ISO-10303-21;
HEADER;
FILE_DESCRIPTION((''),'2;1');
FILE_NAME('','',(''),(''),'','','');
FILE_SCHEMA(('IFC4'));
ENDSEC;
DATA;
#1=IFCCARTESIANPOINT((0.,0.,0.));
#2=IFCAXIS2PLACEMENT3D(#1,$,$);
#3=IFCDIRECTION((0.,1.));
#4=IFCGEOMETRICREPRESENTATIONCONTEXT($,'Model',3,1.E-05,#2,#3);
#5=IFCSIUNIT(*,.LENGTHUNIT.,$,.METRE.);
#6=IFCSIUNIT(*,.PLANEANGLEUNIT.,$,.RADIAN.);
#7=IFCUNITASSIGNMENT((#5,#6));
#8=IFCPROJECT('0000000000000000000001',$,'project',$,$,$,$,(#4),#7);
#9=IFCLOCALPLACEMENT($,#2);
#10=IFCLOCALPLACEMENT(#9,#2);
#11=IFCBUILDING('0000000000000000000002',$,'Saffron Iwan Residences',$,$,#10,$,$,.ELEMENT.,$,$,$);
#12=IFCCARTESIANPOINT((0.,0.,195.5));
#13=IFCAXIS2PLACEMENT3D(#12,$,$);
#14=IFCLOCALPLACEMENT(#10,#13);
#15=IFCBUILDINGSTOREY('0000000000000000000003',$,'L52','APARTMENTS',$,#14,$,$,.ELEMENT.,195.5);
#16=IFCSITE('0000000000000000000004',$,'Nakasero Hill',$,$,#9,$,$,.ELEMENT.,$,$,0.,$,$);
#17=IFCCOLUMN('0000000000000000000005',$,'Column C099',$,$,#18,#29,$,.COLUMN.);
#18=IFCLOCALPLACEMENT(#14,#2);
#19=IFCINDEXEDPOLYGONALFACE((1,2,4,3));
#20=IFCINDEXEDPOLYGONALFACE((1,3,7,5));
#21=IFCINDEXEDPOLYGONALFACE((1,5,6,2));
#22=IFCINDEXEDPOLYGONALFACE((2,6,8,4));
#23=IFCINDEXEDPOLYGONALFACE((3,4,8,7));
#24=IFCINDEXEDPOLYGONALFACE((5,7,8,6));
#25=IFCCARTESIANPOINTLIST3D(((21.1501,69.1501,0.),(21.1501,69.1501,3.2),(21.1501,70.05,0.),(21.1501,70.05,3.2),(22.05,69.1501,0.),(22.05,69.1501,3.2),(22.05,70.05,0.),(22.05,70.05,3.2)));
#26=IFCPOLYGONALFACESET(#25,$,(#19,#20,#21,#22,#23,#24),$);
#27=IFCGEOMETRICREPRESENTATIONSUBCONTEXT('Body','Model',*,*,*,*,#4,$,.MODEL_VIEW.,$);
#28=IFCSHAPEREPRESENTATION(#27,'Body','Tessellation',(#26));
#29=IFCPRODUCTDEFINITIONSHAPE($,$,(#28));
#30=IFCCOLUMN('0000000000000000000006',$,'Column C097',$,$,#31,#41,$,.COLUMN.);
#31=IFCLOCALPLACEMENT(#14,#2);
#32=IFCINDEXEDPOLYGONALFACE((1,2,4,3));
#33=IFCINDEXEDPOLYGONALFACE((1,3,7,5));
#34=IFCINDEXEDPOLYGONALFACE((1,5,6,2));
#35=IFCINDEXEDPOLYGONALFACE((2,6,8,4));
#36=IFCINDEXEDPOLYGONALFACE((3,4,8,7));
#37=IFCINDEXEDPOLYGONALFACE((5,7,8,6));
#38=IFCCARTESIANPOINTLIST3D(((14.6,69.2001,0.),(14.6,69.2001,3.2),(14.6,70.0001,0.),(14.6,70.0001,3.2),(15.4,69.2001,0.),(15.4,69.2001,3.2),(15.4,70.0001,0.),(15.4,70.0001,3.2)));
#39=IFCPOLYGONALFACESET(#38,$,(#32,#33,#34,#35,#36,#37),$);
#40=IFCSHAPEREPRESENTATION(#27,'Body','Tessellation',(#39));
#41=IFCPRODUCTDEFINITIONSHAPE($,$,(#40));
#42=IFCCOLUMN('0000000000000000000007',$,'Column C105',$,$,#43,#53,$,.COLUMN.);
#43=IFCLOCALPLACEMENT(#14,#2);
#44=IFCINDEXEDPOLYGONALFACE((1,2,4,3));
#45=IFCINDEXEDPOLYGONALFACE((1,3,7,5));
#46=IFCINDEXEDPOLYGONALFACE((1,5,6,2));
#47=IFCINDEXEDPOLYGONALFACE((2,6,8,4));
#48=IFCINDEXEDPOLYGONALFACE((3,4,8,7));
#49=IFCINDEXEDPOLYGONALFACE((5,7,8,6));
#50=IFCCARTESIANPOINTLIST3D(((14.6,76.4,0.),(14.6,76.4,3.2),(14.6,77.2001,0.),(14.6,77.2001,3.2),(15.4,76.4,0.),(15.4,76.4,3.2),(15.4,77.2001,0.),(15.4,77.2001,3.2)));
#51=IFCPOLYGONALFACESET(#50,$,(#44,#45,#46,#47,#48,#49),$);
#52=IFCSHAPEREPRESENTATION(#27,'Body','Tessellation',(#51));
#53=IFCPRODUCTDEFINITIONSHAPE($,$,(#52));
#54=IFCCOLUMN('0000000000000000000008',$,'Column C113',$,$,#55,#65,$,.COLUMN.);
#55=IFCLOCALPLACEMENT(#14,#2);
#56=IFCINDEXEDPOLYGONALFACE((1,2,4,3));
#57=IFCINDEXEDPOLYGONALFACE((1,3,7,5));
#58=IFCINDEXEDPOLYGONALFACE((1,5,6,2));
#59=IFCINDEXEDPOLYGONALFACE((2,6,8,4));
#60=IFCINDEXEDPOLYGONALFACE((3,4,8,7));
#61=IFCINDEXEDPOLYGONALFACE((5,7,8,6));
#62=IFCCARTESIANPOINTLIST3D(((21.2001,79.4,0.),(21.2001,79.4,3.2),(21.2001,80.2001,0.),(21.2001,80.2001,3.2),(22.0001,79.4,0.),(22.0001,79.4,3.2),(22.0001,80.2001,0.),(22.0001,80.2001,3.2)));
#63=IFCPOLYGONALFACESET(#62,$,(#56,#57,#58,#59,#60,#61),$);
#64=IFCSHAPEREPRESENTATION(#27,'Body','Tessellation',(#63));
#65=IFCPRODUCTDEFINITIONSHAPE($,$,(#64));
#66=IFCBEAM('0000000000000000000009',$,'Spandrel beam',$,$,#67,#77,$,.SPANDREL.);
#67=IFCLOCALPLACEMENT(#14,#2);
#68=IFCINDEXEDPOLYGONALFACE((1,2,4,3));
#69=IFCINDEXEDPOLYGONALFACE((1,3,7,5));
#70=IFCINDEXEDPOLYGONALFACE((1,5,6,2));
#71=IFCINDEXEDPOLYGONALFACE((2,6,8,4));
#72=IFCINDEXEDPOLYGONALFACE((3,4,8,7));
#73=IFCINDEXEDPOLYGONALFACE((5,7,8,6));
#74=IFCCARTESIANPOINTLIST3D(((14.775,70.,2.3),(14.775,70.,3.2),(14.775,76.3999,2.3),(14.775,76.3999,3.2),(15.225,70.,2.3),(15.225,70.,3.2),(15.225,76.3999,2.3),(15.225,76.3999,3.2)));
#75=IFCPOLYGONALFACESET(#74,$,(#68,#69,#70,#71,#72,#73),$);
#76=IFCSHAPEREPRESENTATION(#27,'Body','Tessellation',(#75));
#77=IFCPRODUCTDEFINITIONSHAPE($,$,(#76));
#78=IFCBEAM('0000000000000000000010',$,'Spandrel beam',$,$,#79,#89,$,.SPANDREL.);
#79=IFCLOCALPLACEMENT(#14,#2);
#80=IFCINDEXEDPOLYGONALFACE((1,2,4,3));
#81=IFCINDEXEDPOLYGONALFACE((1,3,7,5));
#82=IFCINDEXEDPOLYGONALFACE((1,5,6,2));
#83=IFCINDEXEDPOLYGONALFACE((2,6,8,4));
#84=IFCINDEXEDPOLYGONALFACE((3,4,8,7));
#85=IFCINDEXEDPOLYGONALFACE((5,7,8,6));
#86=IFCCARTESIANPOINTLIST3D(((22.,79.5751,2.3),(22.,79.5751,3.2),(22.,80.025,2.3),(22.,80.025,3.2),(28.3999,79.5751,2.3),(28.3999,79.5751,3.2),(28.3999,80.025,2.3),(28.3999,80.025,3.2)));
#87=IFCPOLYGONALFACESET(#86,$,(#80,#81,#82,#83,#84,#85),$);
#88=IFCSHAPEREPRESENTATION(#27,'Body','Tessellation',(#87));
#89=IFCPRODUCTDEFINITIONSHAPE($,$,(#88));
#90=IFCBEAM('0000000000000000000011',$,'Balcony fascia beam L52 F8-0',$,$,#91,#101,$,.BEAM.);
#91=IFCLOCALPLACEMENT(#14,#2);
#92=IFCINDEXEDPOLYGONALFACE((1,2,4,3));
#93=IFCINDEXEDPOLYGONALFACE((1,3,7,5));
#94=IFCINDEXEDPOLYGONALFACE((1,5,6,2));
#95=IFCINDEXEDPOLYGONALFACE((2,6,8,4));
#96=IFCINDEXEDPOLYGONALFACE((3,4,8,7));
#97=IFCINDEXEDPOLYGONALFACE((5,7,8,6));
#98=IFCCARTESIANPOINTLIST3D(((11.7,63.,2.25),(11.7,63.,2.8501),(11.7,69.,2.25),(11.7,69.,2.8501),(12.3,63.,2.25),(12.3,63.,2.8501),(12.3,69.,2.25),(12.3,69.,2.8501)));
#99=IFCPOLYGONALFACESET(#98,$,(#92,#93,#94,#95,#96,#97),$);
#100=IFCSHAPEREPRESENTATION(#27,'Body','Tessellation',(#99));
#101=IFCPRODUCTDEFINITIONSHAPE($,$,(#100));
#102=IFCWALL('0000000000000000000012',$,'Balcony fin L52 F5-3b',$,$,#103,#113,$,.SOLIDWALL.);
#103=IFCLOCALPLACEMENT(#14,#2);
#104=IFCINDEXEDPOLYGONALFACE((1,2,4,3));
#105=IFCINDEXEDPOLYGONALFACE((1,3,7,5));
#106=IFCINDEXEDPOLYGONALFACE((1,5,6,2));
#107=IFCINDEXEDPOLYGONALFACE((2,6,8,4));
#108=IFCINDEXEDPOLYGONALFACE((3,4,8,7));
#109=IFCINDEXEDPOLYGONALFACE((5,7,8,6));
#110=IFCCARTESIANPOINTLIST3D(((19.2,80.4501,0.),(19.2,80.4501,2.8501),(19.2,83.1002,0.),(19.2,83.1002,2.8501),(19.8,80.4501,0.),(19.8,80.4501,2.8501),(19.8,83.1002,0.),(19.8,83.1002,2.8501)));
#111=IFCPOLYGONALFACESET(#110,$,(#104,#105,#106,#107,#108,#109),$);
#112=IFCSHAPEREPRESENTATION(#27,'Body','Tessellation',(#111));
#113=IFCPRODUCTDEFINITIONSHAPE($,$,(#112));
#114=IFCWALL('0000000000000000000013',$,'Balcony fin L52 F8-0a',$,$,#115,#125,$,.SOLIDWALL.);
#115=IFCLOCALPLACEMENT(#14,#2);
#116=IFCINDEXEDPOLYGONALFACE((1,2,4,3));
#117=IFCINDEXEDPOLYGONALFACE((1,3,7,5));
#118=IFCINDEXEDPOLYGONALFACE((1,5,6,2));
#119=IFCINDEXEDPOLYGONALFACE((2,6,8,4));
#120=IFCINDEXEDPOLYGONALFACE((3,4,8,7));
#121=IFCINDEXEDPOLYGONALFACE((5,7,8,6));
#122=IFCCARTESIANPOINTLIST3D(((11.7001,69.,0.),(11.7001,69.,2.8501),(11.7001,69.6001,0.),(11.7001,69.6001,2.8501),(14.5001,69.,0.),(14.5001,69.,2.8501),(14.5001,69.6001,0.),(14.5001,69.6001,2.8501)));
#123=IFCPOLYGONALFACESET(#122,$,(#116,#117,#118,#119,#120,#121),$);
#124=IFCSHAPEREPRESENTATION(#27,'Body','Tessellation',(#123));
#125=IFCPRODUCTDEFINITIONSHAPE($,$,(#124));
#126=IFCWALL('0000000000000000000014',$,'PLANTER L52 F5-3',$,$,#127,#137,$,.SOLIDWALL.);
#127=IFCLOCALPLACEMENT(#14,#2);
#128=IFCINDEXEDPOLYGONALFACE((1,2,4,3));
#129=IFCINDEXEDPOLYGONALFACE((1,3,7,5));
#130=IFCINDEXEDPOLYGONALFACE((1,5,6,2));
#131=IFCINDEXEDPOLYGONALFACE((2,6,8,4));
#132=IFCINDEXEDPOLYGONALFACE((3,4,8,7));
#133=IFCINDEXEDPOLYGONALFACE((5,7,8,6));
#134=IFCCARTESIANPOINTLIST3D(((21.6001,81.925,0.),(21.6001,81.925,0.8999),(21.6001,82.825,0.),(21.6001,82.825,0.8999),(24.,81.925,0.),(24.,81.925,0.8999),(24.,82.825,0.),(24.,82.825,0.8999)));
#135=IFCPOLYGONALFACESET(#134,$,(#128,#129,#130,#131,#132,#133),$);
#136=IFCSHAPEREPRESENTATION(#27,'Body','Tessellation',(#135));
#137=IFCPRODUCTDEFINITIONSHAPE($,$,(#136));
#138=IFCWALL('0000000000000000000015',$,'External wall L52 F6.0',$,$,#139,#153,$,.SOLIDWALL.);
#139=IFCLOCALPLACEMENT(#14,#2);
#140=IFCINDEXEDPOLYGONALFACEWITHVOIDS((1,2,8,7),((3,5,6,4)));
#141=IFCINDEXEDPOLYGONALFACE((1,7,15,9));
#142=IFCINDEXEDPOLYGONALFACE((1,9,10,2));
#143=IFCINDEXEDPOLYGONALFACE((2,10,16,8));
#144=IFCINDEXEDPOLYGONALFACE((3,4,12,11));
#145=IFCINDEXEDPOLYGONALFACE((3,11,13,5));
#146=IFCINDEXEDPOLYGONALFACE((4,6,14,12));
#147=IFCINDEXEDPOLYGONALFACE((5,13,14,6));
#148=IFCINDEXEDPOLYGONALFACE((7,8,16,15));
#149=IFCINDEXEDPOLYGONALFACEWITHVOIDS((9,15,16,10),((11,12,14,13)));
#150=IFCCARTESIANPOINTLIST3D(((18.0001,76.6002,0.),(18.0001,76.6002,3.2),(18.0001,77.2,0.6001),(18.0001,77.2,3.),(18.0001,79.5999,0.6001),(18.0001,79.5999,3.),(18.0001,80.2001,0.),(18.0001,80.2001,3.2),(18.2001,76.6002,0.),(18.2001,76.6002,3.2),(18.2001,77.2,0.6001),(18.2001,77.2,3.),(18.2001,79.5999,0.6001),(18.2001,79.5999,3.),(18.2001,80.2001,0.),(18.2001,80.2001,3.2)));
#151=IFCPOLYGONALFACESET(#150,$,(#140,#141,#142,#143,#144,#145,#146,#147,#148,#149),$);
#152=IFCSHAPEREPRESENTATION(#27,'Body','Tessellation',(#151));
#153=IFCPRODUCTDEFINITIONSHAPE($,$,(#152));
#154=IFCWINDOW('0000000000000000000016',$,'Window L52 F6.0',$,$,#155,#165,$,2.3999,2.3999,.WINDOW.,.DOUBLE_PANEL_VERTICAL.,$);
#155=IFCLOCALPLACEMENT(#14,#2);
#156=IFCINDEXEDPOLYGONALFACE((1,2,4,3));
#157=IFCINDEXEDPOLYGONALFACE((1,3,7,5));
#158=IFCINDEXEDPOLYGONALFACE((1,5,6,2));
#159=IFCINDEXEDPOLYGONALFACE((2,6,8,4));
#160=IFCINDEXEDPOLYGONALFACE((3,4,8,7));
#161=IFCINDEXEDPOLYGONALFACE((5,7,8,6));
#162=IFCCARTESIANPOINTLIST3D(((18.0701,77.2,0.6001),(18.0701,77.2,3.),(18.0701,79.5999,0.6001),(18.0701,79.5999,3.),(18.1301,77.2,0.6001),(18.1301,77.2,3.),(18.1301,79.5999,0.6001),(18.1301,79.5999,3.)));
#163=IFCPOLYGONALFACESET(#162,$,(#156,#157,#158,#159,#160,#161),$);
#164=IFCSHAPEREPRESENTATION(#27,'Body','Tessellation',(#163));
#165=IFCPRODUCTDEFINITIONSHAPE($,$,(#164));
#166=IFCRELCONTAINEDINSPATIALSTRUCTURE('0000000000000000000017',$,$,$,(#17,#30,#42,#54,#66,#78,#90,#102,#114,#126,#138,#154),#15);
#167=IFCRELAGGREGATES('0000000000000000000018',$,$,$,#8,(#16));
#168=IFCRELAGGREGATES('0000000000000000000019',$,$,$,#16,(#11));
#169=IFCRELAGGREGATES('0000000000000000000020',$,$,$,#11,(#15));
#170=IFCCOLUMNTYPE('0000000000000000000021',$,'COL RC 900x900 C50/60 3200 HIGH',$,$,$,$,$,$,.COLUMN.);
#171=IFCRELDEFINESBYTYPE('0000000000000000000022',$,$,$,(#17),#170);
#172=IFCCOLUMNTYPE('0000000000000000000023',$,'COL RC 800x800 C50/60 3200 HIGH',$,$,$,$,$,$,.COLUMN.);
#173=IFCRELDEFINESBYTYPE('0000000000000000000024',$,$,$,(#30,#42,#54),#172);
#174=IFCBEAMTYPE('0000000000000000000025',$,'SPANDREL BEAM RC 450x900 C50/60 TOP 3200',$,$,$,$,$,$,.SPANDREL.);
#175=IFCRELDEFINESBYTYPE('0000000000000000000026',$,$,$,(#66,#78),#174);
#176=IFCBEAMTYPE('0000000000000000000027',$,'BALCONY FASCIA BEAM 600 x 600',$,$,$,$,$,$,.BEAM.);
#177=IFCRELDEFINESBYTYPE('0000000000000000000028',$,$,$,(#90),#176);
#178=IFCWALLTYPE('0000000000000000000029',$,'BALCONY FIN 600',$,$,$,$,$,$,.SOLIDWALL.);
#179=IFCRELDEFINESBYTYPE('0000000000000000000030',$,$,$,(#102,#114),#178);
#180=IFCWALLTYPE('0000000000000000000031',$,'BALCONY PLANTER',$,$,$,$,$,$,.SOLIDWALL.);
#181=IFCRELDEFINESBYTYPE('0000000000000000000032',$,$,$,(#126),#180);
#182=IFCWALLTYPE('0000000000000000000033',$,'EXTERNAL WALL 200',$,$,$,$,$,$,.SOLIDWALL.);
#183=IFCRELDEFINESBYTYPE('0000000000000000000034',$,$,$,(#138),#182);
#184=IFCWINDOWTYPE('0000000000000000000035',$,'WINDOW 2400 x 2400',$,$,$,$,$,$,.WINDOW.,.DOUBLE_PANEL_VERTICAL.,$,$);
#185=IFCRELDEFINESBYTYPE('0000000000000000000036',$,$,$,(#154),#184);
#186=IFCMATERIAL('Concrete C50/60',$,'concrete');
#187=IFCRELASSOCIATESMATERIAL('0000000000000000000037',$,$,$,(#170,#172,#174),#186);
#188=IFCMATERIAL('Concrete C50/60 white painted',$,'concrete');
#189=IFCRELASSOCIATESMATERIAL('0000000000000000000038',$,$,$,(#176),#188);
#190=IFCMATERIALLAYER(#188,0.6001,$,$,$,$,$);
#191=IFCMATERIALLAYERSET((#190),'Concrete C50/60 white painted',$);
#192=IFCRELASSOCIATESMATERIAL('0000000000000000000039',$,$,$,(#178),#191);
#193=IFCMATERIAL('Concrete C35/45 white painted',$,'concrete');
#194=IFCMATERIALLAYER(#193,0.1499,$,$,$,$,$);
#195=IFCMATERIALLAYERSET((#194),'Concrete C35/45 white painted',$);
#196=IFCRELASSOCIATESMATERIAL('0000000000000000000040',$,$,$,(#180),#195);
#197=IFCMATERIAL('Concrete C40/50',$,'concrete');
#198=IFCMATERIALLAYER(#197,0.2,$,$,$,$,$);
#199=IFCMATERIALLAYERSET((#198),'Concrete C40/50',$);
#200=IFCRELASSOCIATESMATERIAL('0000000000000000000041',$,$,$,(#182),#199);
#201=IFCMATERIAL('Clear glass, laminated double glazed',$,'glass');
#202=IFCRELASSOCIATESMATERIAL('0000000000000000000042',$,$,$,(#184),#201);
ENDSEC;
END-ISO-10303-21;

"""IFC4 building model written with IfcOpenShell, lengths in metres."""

from ifc_helpers import new_model, si_unit, direction, frame, frame_2d, origin, origin_2d, place, context, subcontext, project, spatial, rectangle, extrude, source, transform, mapped, material, layer, layer_set, material_profile, profile_set, type_object, element, fill, save


model = new_model("IFC4")

# Units and contexts
model_context = context("Model", 3, precision=1e-05, world=origin(), true_north=direction((0.0, 1.0)))
body_context = subcontext(model_context, "Body", "Model", "MODEL_VIEW")
ifc_project = project(units=[si_unit("LENGTHUNIT", "METRE"), si_unit("PLANEANGLEUNIT", "RADIAN")], contexts=[model_context])

# Site, building, storey
site_placement = place(None, origin())
site = spatial("IfcSite", under=ifc_project, at=site_placement, Name="Nakasero Hill", CompositionType="ELEMENT", RefElevation=0.0)
building_placement = place(site_placement, origin())
building = spatial("IfcBuilding", under=site, at=building_placement, Name="Saffron Iwan Residences", CompositionType="ELEMENT")
storey_placement = place(building_placement, frame((0.0, 0.0, 195.5)))
storey = spatial("IfcBuildingStorey", under=building, at=storey_placement, Name="L52", Description="APARTMENTS", CompositionType="ELEMENT", Elevation=195.5)

# Columns
ifc_material_1 = material(Name="Concrete C50/60", Category="concrete")
ifc_material_profile_1 = material_profile(ifc_material_1, rectangle(XDim=0.8999, YDim=0.8999, at=origin_2d()), Name="RC 900x900")
ifc_profile_set_1 = profile_set([ifc_material_profile_1], Name="Concrete C50/60")
column_type_1 = type_object("IfcColumnType", Name="COL RC 900x900 C50/60 3200 HIGH", PredefinedType="COLUMN", material=ifc_profile_set_1)
shared_shape_1 = source(origin(), body_context, "Body", "SweptSolid", [
    extrude(rectangle(XDim=0.8999, YDim=0.8999, at=origin_2d()), origin(), (0.0, 0.0, 1.0), 3.2),
])
column_placement = place(storey_placement, frame((21.6001, 69.6001, 0.0), z_axis=(0.0, 0.0, 1.0), x_axis=(1.0, 0.0, 0.0)))
element("IfcColumn", 1, at=column_placement, inside=storey, type_object=column_type_1, Name="Column C099", PredefinedType="COLUMN", context=body_context, shape_type="MappedRepresentation", body=[
    mapped(shared_shape_1, transform((0.0, 0.0, 0.0))),
])
ifc_material_profile_2 = material_profile(ifc_material_1, rectangle(XDim=0.8, YDim=0.8, at=origin_2d()), Name="RC 800x800")
ifc_profile_set_2 = profile_set([ifc_material_profile_2], Name="Concrete C50/60")
column_type_2 = type_object("IfcColumnType", Name="COL RC 800x800 C50/60 3200 HIGH", PredefinedType="COLUMN", material=ifc_profile_set_2)
shared_shape_2 = source(origin(), body_context, "Body", "SweptSolid", [
    extrude(rectangle(XDim=0.8, YDim=0.8, at=origin_2d()), origin(), (0.0, 0.0, 1.0), 3.2),
])
for number, where, z_axis, x_axis, name in (
    (2, (15.0, 69.6001, 0.0), (0.0, 0.0, 1.0), (1.0, 0.0, 0.0), "Column C097"),
    (3, (15.0, 76.8, 0.0), (0.0, 0.0, 1.0), (1.0, 0.0, 0.0), "Column C105"),
    (4, (21.6001, 79.8, 0.0), (0.0, 0.0, 1.0), (1.0, 0.0, 0.0), "Column C113"),
):
    element("IfcColumn", number, at=place(storey_placement, frame(where, z_axis=z_axis, x_axis=x_axis)), inside=storey, type_object=column_type_2, Name=name, PredefinedType="COLUMN", context=body_context, shape_type="MappedRepresentation", body=[
        mapped(shared_shape_2, transform((0.0, 0.0, 0.0))),
    ])

# Beams
ifc_material_profile_3 = material_profile(ifc_material_1, rectangle(XDim=0.45, YDim=0.8999, at=origin_2d()), Name="RC 450x900")
ifc_profile_set_3 = profile_set([ifc_material_profile_3], Name="Concrete C50/60")
beam_type_1 = type_object("IfcBeamType", Name="SPANDREL BEAM RC 450x900 C50/60 TOP 3200", PredefinedType="SPANDREL", material=ifc_profile_set_3)
shared_shape_3 = source(origin(), body_context, "Body", "SweptSolid", [
    extrude(rectangle(XDim=0.45, YDim=0.8999, at=origin_2d()), origin(), (0.0, 0.0, 1.0), 6.3999),
])
for number, where, z_axis, x_axis, name in (
    (5, (15.0, 70.0, 2.75), (0.0, 1.0, 0.0), (-1.0, 0.0, 0.0), "Spandrel beam"),
    (6, (22.0, 79.8, 2.75), (1.0, 0.0, 0.0), (0.0, 1.0, 0.0), "Spandrel beam"),
):
    element("IfcBeam", number, at=place(storey_placement, frame(where, z_axis=z_axis, x_axis=x_axis)), inside=storey, type_object=beam_type_1, Name=name, PredefinedType="SPANDREL", context=body_context, shape_type="MappedRepresentation", body=[
        mapped(shared_shape_3, transform((0.0, 0.0, 0.0))),
    ])
ifc_material_2 = material(Name="Concrete C50/60 white painted", Category="concrete")
ifc_material_profile_4 = material_profile(ifc_material_2, rectangle(XDim=0.6001, YDim=0.6001, at=origin_2d()), Name="BALCONY FASCIA BEAM 600 x 600")
ifc_profile_set_4 = profile_set([ifc_material_profile_4], Name="Concrete C50/60 white painted")
beam_type_2 = type_object("IfcBeamType", Name="BALCONY FASCIA BEAM 600 x 600", PredefinedType="BEAM", material=ifc_profile_set_4)
shared_shape_4 = source(origin(), body_context, "Body", "SweptSolid", [
    extrude(rectangle(XDim=0.6001, YDim=0.6001, at=origin_2d()), origin(), (0.0, 0.0, 1.0), 6.0),
])
beam_placement = place(storey_placement, frame((12.0, 69.0, 2.55), z_axis=(0.0, -1.0, 0.0), x_axis=(1.0, 0.0, 0.0)))
element("IfcBeam", 7, at=beam_placement, inside=storey, type_object=beam_type_2, Name="Balcony fascia beam L52 F8-0", PredefinedType="BEAM", context=body_context, shape_type="MappedRepresentation", body=[
    mapped(shared_shape_4, transform((0.0, 0.0, 0.0))),
])

# Walls
ifc_layer_1 = layer(ifc_material_2, 0.6001)
ifc_layer_set_1 = layer_set([ifc_layer_1], Name="Concrete C50/60 white painted")
wall_type_1 = type_object("IfcWallType", Name="BALCONY FIN 600", PredefinedType="SOLIDWALL", material=ifc_layer_set_1)
wall_1_placement = place(storey_placement, frame((19.5, 80.45, 0.0), z_axis=(0.0, 0.0, 1.0), x_axis=(0.0, 1.0, 0.0)))
element("IfcWall", 8, at=wall_1_placement, inside=storey, type_object=wall_type_1, Name="Balcony fin L52 F5-3b", PredefinedType="SOLIDWALL", context=body_context, shape_type="SweptSolid", body=[
    extrude(rectangle(XDim=2.6501, YDim=0.6001, at=frame_2d((1.3252, 0.0))), origin(), (0.0, 0.0, 1.0), 2.8501),
])
wall_2_placement = place(storey_placement, frame((14.5, 69.3, 0.0), z_axis=(0.0, 0.0, 1.0), x_axis=(-1.0, 0.0, 0.0)))
element("IfcWall", 9, at=wall_2_placement, inside=storey, type_object=wall_type_1, Name="Balcony fin L52 F8-0a", PredefinedType="SOLIDWALL", context=body_context, shape_type="SweptSolid", body=[
    extrude(rectangle(XDim=2.8, YDim=0.6001, at=frame_2d((1.3999, 0.0))), origin(), (0.0, 0.0, 1.0), 2.8501),
])
ifc_material_3 = material(Name="Concrete C35/45 white painted", Category="concrete")
ifc_layer_2 = layer(ifc_material_3, 0.1499)
ifc_layer_set_2 = layer_set([ifc_layer_2], Name="Concrete C35/45 white painted")
wall_type_2 = type_object("IfcWallType", Name="BALCONY PLANTER", PredefinedType="SOLIDWALL", material=ifc_layer_set_2)
wall_3_placement = place(storey_placement, frame((24.0, 82.375, 0.0), z_axis=(0.0, 0.0, 1.0), x_axis=(-1.0, 0.0, 0.0)))
element("IfcWall", 10, at=wall_3_placement, inside=storey, type_object=wall_type_2, Name="PLANTER L52 F5-3", PredefinedType="SOLIDWALL", context=body_context, shape_type="SweptSolid", body=[
    extrude(rectangle(XDim=2.3999, YDim=0.8999, at=frame_2d((1.2, 0.0))), origin(), (0.0, 0.0, 1.0), 0.8999),
])

# Wall, opening, window
ifc_material_4 = material(Name="Concrete C40/50", Category="concrete")
ifc_layer_3 = layer(ifc_material_4, 0.2)
ifc_layer_set_3 = layer_set([ifc_layer_3], Name="Concrete C40/50")
wall_type_3 = type_object("IfcWallType", Name="EXTERNAL WALL 200", PredefinedType="SOLIDWALL", material=ifc_layer_set_3)
wall_4_placement = place(storey_placement, frame((18.1001, 80.2, 0.0), z_axis=(0.0, 0.0, 1.0), x_axis=(0.0, -1.0, 0.0)))
wall_4 = element("IfcWall", 11, at=wall_4_placement, inside=storey, type_object=wall_type_3, Name="External wall L52 F6.0", PredefinedType="SOLIDWALL", context=body_context, shape_type="SweptSolid", body=[
    extrude(rectangle(XDim=3.5999, YDim=0.2, at=frame_2d((1.7998, 0.0))), origin(), (0.0, 0.0, 1.0), 3.2),
])
opening_1_placement = place(wall_4_placement, frame((0.6001, 0.0, 0.6001)))
opening_1 = element("IfcOpeningElement", 12, at=opening_1_placement, cuts=wall_4, PredefinedType="OPENING", context=body_context, shape_type="SweptSolid", body=[
    extrude(rectangle(XDim=2.3999, YDim=2.3999, at=frame_2d((1.2, 1.2))), frame((0.0, 0.1099, 0.0), z_axis=(0.0, -1.0, 0.0), x_axis=(1.0, 0.0, 0.0)), (0.0, 0.0, 1.0), 0.22),
])
ifc_material_5 = material(Name="Clear glass, laminated double glazed", Category="glass")
window_type_1 = type_object("IfcWindowType", Name="WINDOW 2400 x 2400", PartitioningType="DOUBLE_PANEL_VERTICAL", PredefinedType="WINDOW", material=ifc_material_5)
window_1_placement = place(opening_1_placement, origin())
window_1 = element("IfcWindow", 13, at=window_1_placement, inside=storey, type_object=window_type_1, Name="Window L52 F6.0", OverallHeight=2.3999, OverallWidth=2.3999, PartitioningType="DOUBLE_PANEL_VERTICAL", PredefinedType="WINDOW", context=body_context, shape_type="SweptSolid", body=[
    extrude(rectangle(XDim=2.3999, YDim=2.3999, at=frame_2d((1.2, 1.2))), frame((0.0, 0.03, 0.0), z_axis=(0.0, -1.0, 0.0), x_axis=(1.0, 0.0, 0.0)), (0.0, 0.0, 1.0), 0.0601),
])
fill(opening_1, window_1)

save(model, "model.ifc")
